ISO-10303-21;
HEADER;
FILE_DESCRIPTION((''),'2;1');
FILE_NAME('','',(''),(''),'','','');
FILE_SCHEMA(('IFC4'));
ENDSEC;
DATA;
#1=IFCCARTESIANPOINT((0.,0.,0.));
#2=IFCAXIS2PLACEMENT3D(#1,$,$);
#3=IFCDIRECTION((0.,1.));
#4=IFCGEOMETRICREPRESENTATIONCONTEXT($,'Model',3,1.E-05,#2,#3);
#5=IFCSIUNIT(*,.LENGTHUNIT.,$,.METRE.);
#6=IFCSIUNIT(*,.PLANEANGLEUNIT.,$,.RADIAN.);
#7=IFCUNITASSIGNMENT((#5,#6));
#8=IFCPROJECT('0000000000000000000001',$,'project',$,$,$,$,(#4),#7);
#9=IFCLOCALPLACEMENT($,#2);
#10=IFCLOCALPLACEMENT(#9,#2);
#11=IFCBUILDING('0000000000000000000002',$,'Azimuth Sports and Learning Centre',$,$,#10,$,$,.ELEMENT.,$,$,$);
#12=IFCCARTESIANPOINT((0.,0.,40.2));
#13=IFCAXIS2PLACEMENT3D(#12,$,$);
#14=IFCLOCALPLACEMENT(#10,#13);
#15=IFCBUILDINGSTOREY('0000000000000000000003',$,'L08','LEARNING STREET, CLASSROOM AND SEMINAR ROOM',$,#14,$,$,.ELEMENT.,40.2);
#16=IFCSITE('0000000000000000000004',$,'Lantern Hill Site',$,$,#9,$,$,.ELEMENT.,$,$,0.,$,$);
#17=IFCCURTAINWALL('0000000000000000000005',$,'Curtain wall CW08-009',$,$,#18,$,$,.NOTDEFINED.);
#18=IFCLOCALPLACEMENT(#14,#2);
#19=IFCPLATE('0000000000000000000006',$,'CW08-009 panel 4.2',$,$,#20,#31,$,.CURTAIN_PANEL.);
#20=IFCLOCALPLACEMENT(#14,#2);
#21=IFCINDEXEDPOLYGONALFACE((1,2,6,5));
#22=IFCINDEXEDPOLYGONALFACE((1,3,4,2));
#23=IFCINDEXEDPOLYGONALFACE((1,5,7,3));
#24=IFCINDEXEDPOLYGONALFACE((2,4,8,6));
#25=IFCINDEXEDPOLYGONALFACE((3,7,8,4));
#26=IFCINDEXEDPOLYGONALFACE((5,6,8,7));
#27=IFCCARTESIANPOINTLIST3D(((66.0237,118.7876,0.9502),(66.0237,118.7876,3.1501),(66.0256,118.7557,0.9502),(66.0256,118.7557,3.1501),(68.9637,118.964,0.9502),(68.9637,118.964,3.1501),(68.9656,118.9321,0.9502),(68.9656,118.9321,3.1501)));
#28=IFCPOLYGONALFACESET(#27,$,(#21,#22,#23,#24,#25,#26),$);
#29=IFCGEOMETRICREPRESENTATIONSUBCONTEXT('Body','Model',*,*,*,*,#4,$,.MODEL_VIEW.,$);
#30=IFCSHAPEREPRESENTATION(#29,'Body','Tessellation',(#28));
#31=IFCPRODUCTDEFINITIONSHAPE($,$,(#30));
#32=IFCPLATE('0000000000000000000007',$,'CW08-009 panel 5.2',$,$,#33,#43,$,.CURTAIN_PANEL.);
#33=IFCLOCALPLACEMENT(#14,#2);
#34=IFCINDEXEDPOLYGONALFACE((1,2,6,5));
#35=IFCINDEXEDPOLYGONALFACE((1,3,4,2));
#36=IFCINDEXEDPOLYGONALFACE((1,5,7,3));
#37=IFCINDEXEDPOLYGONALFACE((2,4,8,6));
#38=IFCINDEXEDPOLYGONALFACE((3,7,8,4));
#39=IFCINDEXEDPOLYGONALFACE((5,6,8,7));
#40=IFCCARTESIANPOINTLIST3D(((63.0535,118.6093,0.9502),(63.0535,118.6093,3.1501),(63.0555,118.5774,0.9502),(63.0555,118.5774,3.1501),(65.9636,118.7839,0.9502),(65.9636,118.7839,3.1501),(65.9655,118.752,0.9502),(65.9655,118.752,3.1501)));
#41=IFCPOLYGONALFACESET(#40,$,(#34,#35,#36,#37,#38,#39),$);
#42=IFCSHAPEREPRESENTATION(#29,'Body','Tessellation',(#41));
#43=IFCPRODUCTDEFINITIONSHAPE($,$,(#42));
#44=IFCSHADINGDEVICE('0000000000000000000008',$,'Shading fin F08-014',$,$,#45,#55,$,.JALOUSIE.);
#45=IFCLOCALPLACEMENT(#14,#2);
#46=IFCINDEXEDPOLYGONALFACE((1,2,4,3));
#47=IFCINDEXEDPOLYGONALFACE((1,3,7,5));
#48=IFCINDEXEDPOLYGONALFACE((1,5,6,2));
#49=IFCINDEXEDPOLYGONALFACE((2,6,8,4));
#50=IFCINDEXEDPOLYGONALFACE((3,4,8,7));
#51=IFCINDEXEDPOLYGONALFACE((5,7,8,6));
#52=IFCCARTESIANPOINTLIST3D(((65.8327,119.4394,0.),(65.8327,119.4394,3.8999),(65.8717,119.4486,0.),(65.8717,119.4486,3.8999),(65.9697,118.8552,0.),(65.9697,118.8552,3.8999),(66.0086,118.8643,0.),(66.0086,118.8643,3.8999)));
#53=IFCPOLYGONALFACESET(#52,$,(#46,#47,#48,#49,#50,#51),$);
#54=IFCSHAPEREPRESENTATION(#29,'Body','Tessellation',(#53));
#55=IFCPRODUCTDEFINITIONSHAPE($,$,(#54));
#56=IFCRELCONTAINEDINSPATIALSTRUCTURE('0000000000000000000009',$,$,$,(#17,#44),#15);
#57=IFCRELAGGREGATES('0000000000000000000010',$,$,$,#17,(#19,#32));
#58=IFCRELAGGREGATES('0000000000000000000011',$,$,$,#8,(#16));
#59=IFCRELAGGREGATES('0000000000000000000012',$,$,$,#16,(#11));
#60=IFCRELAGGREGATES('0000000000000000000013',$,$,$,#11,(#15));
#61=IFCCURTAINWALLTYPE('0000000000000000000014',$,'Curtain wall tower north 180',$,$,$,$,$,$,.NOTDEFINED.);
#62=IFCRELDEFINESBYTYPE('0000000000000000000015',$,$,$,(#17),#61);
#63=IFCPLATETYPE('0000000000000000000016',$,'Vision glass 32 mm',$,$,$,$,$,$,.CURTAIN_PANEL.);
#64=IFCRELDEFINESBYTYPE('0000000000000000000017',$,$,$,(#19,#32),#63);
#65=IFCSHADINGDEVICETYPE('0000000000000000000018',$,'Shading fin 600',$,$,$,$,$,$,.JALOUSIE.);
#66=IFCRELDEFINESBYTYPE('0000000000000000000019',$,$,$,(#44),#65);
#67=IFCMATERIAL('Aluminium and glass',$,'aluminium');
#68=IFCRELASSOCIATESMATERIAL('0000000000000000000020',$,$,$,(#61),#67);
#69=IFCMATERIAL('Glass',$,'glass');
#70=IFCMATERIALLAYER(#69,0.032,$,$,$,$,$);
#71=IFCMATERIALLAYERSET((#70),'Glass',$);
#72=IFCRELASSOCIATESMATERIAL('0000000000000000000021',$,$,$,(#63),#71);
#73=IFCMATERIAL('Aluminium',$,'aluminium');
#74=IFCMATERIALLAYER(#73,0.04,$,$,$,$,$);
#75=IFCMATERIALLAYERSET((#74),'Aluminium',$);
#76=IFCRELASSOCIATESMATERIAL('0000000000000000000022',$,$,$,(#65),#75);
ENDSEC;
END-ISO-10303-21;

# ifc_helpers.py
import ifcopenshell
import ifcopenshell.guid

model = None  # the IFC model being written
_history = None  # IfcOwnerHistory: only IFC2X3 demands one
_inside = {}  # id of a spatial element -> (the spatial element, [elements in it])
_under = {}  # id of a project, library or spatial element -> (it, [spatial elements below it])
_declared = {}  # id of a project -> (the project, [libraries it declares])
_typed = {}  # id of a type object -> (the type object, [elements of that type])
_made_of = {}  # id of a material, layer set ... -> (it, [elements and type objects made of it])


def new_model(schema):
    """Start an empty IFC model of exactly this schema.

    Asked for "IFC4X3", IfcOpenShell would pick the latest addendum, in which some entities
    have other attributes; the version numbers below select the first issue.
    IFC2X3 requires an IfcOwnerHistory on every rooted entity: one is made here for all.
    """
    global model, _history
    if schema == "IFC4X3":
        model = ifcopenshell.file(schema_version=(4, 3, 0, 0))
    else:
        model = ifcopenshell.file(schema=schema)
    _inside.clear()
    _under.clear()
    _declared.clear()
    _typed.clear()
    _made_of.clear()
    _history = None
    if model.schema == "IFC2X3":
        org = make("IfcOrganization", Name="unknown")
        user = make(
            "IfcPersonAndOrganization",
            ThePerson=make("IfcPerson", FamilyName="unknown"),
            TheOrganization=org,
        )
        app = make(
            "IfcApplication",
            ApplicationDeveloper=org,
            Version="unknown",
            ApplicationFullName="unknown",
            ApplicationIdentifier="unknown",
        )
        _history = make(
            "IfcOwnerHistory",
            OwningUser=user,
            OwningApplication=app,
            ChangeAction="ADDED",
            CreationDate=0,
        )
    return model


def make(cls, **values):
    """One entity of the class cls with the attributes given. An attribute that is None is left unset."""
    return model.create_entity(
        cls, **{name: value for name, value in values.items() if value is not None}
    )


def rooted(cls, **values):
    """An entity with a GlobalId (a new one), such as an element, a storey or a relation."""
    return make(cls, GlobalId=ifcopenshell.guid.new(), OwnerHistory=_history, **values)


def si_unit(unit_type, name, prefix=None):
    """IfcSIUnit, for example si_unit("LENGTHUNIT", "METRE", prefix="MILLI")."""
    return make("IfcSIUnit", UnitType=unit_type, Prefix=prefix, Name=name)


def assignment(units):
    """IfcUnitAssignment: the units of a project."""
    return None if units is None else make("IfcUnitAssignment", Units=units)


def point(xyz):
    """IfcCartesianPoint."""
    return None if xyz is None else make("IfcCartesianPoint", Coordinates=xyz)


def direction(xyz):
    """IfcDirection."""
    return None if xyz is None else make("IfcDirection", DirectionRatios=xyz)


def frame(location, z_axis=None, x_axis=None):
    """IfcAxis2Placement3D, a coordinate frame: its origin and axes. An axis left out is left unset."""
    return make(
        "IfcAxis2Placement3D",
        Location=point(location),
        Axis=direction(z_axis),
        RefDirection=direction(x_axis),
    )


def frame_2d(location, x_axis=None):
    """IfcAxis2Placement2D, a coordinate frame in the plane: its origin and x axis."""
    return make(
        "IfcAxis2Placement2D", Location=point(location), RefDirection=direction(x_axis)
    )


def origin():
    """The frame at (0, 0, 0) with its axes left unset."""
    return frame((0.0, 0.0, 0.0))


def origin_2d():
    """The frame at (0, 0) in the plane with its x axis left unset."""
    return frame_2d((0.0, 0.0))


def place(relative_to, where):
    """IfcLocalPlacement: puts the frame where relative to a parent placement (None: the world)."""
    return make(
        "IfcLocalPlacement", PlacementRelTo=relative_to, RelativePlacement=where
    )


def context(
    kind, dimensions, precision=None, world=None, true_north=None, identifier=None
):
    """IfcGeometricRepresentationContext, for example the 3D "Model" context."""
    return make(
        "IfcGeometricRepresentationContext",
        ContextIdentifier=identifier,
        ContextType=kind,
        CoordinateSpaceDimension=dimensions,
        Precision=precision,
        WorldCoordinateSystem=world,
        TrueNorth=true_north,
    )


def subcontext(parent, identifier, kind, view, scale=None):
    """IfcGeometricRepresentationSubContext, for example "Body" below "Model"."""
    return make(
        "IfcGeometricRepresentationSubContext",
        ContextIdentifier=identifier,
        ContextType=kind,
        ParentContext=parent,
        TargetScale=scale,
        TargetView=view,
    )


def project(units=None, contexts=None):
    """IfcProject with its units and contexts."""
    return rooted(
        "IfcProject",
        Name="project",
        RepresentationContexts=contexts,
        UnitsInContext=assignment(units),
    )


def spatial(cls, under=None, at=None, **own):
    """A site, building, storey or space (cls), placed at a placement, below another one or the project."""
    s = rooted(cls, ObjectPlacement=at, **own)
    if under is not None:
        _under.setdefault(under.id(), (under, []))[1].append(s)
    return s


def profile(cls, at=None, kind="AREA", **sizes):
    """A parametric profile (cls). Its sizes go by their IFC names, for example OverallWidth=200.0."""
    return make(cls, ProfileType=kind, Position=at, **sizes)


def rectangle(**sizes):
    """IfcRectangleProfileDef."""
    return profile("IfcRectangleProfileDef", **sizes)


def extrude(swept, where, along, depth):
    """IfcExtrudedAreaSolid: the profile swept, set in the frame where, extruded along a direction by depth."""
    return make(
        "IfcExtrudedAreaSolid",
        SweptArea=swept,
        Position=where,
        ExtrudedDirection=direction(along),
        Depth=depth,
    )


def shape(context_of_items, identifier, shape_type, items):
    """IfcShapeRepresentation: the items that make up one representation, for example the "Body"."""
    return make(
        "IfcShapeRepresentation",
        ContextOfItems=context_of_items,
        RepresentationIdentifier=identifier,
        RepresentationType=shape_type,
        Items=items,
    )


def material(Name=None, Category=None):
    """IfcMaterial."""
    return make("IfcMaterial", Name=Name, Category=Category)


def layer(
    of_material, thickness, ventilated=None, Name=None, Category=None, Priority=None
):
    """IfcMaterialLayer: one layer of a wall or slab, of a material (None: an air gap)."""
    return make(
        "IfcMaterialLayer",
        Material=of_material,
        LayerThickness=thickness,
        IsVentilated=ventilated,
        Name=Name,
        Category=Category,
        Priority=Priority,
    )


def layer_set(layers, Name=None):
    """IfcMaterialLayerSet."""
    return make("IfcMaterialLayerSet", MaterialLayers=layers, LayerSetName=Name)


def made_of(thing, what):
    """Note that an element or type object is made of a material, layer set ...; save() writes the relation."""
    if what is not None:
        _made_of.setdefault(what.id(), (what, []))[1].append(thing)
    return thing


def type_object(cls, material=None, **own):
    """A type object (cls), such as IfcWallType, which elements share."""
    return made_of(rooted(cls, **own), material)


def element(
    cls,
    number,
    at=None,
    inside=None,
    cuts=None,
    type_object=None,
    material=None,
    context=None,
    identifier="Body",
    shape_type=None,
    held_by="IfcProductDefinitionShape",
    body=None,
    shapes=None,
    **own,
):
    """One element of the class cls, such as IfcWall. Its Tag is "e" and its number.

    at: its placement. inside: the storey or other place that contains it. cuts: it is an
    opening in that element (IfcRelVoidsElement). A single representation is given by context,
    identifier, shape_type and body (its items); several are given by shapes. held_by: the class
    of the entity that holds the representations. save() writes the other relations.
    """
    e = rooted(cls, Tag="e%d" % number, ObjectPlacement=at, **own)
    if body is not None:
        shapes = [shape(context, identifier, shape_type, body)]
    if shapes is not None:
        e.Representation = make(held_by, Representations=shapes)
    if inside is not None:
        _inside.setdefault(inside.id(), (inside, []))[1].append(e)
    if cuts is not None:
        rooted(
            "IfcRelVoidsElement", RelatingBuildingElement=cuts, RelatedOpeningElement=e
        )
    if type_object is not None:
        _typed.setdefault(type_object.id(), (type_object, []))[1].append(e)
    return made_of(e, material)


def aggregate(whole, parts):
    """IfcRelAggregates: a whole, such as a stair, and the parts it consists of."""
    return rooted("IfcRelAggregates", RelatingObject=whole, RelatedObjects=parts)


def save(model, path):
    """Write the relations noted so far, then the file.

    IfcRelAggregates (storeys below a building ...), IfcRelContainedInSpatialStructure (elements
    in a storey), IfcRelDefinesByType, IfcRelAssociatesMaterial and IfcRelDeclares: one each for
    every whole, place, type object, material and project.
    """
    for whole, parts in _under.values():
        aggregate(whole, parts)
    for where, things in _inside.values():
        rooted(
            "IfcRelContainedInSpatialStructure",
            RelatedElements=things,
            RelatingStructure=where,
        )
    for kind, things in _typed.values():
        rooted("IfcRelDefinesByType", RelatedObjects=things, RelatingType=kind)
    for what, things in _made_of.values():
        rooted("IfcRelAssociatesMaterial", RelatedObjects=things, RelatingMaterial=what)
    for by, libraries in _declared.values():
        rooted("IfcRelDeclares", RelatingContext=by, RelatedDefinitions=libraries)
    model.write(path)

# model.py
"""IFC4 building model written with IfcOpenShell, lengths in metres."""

from ifc_helpers import new_model, si_unit, direction, frame, origin, origin_2d, place, context, subcontext, project, spatial, rectangle, extrude, material, layer, layer_set, type_object, element, aggregate, save


model = new_model("IFC4")

# Units and contexts
model_context = context("Model", 3, precision=1e-05, world=origin(), true_north=direction((0.0, 1.0)))
body_context = subcontext(model_context, "Body", "Model", "MODEL_VIEW")
ifc_project = project(units=[si_unit("LENGTHUNIT", "METRE"), si_unit("PLANEANGLEUNIT", "RADIAN")], contexts=[model_context])

# Site, building, storey
site_placement = place(None, origin())
site = spatial("IfcSite", under=ifc_project, at=site_placement, Name="Lantern Hill Site", CompositionType="ELEMENT", RefElevation=0.0)
building_placement = place(site_placement, origin())
building = spatial("IfcBuilding", under=site, at=building_placement, Name="Azimuth Sports and Learning Centre", CompositionType="ELEMENT")
storey_placement = place(building_placement, frame((0.0, 0.0, 40.2)))
storey = spatial("IfcBuildingStorey", under=building, at=storey_placement, Name="L08", Description="LEARNING STREET, CLASSROOM AND SEMINAR ROOM", CompositionType="ELEMENT", Elevation=40.2)

# Curtain wall, plates
ifc_material_1 = material(Name="Aluminium and glass", Category="aluminium")
curtain_wall_type = type_object("IfcCurtainWallType", Name="Curtain wall tower north 180", PredefinedType="NOTDEFINED", material=ifc_material_1)
curtain_wall_placement = place(storey_placement, origin())
curtain_wall = element("IfcCurtainWall", 1, at=curtain_wall_placement, inside=storey, type_object=curtain_wall_type, Name="Curtain wall CW08-009", PredefinedType="NOTDEFINED")
ifc_material_2 = material(Name="Glass", Category="glass")
ifc_layer_1 = layer(ifc_material_2, 0.032)
ifc_layer_set_1 = layer_set([ifc_layer_1], Name="Glass")
plate_type_1 = type_object("IfcPlateType", Name="Vision glass 32 mm", PredefinedType="CURTAIN_PANEL", material=ifc_layer_set_1)
plate_1_placement = place(storey_placement, frame((67.4946, 118.8599, 0.9502), z_axis=(0.0, 0.0, 1.0), x_axis=(-0.998205, -0.059892, 0.0)))
plate_1 = element("IfcPlate", 2, at=plate_1_placement, type_object=plate_type_1, Name="CW08-009 panel 4.2", PredefinedType="CURTAIN_PANEL", context=body_context, shape_type="SweptSolid", body=[
    extrude(rectangle(XDim=2.9453, YDim=0.032, at=origin_2d()), origin(), (0.0, 0.0, 1.0), 2.2),
])
plate_2_placement = place(storey_placement, frame((64.5095, 118.6807, 0.9502), z_axis=(0.0, 0.0, 1.0), x_axis=(-0.998205, -0.059892, 0.0)))
plate_2 = element("IfcPlate", 3, at=plate_2_placement, type_object=plate_type_1, Name="CW08-009 panel 5.2", PredefinedType="CURTAIN_PANEL", context=body_context, shape_type="SweptSolid", body=[
    extrude(rectangle(XDim=2.9153, YDim=0.032, at=origin_2d()), origin(), (0.0, 0.0, 1.0), 2.2),
])
aggregate(curtain_wall, [plate_1, plate_2])

# Shading device
ifc_material_3 = material(Name="Aluminium", Category="aluminium")
ifc_layer_2 = layer(ifc_material_3, 0.04)
ifc_layer_set_2 = layer_set([ifc_layer_2], Name="Aluminium")
shading_device_type = type_object("IfcShadingDeviceType", Name="Shading fin 600", PredefinedType="JALOUSIE", material=ifc_layer_set_2)
shading_device_placement = place(storey_placement, frame((65.9207, 119.1519, 0.0), z_axis=(0.0, 0.0, 1.0), x_axis=(-0.228271, 0.973598, 0.0)))
element("IfcShadingDevice", 4, at=shading_device_placement, inside=storey, type_object=shading_device_type, Name="Shading fin F08-014", PredefinedType="JALOUSIE", context=body_context, shape_type="SweptSolid", body=[
    extrude(rectangle(XDim=0.6001, YDim=0.04, at=origin_2d()), origin(), (0.0, 0.0, 1.0), 3.8999),
])

save(model, "model.ifc")
